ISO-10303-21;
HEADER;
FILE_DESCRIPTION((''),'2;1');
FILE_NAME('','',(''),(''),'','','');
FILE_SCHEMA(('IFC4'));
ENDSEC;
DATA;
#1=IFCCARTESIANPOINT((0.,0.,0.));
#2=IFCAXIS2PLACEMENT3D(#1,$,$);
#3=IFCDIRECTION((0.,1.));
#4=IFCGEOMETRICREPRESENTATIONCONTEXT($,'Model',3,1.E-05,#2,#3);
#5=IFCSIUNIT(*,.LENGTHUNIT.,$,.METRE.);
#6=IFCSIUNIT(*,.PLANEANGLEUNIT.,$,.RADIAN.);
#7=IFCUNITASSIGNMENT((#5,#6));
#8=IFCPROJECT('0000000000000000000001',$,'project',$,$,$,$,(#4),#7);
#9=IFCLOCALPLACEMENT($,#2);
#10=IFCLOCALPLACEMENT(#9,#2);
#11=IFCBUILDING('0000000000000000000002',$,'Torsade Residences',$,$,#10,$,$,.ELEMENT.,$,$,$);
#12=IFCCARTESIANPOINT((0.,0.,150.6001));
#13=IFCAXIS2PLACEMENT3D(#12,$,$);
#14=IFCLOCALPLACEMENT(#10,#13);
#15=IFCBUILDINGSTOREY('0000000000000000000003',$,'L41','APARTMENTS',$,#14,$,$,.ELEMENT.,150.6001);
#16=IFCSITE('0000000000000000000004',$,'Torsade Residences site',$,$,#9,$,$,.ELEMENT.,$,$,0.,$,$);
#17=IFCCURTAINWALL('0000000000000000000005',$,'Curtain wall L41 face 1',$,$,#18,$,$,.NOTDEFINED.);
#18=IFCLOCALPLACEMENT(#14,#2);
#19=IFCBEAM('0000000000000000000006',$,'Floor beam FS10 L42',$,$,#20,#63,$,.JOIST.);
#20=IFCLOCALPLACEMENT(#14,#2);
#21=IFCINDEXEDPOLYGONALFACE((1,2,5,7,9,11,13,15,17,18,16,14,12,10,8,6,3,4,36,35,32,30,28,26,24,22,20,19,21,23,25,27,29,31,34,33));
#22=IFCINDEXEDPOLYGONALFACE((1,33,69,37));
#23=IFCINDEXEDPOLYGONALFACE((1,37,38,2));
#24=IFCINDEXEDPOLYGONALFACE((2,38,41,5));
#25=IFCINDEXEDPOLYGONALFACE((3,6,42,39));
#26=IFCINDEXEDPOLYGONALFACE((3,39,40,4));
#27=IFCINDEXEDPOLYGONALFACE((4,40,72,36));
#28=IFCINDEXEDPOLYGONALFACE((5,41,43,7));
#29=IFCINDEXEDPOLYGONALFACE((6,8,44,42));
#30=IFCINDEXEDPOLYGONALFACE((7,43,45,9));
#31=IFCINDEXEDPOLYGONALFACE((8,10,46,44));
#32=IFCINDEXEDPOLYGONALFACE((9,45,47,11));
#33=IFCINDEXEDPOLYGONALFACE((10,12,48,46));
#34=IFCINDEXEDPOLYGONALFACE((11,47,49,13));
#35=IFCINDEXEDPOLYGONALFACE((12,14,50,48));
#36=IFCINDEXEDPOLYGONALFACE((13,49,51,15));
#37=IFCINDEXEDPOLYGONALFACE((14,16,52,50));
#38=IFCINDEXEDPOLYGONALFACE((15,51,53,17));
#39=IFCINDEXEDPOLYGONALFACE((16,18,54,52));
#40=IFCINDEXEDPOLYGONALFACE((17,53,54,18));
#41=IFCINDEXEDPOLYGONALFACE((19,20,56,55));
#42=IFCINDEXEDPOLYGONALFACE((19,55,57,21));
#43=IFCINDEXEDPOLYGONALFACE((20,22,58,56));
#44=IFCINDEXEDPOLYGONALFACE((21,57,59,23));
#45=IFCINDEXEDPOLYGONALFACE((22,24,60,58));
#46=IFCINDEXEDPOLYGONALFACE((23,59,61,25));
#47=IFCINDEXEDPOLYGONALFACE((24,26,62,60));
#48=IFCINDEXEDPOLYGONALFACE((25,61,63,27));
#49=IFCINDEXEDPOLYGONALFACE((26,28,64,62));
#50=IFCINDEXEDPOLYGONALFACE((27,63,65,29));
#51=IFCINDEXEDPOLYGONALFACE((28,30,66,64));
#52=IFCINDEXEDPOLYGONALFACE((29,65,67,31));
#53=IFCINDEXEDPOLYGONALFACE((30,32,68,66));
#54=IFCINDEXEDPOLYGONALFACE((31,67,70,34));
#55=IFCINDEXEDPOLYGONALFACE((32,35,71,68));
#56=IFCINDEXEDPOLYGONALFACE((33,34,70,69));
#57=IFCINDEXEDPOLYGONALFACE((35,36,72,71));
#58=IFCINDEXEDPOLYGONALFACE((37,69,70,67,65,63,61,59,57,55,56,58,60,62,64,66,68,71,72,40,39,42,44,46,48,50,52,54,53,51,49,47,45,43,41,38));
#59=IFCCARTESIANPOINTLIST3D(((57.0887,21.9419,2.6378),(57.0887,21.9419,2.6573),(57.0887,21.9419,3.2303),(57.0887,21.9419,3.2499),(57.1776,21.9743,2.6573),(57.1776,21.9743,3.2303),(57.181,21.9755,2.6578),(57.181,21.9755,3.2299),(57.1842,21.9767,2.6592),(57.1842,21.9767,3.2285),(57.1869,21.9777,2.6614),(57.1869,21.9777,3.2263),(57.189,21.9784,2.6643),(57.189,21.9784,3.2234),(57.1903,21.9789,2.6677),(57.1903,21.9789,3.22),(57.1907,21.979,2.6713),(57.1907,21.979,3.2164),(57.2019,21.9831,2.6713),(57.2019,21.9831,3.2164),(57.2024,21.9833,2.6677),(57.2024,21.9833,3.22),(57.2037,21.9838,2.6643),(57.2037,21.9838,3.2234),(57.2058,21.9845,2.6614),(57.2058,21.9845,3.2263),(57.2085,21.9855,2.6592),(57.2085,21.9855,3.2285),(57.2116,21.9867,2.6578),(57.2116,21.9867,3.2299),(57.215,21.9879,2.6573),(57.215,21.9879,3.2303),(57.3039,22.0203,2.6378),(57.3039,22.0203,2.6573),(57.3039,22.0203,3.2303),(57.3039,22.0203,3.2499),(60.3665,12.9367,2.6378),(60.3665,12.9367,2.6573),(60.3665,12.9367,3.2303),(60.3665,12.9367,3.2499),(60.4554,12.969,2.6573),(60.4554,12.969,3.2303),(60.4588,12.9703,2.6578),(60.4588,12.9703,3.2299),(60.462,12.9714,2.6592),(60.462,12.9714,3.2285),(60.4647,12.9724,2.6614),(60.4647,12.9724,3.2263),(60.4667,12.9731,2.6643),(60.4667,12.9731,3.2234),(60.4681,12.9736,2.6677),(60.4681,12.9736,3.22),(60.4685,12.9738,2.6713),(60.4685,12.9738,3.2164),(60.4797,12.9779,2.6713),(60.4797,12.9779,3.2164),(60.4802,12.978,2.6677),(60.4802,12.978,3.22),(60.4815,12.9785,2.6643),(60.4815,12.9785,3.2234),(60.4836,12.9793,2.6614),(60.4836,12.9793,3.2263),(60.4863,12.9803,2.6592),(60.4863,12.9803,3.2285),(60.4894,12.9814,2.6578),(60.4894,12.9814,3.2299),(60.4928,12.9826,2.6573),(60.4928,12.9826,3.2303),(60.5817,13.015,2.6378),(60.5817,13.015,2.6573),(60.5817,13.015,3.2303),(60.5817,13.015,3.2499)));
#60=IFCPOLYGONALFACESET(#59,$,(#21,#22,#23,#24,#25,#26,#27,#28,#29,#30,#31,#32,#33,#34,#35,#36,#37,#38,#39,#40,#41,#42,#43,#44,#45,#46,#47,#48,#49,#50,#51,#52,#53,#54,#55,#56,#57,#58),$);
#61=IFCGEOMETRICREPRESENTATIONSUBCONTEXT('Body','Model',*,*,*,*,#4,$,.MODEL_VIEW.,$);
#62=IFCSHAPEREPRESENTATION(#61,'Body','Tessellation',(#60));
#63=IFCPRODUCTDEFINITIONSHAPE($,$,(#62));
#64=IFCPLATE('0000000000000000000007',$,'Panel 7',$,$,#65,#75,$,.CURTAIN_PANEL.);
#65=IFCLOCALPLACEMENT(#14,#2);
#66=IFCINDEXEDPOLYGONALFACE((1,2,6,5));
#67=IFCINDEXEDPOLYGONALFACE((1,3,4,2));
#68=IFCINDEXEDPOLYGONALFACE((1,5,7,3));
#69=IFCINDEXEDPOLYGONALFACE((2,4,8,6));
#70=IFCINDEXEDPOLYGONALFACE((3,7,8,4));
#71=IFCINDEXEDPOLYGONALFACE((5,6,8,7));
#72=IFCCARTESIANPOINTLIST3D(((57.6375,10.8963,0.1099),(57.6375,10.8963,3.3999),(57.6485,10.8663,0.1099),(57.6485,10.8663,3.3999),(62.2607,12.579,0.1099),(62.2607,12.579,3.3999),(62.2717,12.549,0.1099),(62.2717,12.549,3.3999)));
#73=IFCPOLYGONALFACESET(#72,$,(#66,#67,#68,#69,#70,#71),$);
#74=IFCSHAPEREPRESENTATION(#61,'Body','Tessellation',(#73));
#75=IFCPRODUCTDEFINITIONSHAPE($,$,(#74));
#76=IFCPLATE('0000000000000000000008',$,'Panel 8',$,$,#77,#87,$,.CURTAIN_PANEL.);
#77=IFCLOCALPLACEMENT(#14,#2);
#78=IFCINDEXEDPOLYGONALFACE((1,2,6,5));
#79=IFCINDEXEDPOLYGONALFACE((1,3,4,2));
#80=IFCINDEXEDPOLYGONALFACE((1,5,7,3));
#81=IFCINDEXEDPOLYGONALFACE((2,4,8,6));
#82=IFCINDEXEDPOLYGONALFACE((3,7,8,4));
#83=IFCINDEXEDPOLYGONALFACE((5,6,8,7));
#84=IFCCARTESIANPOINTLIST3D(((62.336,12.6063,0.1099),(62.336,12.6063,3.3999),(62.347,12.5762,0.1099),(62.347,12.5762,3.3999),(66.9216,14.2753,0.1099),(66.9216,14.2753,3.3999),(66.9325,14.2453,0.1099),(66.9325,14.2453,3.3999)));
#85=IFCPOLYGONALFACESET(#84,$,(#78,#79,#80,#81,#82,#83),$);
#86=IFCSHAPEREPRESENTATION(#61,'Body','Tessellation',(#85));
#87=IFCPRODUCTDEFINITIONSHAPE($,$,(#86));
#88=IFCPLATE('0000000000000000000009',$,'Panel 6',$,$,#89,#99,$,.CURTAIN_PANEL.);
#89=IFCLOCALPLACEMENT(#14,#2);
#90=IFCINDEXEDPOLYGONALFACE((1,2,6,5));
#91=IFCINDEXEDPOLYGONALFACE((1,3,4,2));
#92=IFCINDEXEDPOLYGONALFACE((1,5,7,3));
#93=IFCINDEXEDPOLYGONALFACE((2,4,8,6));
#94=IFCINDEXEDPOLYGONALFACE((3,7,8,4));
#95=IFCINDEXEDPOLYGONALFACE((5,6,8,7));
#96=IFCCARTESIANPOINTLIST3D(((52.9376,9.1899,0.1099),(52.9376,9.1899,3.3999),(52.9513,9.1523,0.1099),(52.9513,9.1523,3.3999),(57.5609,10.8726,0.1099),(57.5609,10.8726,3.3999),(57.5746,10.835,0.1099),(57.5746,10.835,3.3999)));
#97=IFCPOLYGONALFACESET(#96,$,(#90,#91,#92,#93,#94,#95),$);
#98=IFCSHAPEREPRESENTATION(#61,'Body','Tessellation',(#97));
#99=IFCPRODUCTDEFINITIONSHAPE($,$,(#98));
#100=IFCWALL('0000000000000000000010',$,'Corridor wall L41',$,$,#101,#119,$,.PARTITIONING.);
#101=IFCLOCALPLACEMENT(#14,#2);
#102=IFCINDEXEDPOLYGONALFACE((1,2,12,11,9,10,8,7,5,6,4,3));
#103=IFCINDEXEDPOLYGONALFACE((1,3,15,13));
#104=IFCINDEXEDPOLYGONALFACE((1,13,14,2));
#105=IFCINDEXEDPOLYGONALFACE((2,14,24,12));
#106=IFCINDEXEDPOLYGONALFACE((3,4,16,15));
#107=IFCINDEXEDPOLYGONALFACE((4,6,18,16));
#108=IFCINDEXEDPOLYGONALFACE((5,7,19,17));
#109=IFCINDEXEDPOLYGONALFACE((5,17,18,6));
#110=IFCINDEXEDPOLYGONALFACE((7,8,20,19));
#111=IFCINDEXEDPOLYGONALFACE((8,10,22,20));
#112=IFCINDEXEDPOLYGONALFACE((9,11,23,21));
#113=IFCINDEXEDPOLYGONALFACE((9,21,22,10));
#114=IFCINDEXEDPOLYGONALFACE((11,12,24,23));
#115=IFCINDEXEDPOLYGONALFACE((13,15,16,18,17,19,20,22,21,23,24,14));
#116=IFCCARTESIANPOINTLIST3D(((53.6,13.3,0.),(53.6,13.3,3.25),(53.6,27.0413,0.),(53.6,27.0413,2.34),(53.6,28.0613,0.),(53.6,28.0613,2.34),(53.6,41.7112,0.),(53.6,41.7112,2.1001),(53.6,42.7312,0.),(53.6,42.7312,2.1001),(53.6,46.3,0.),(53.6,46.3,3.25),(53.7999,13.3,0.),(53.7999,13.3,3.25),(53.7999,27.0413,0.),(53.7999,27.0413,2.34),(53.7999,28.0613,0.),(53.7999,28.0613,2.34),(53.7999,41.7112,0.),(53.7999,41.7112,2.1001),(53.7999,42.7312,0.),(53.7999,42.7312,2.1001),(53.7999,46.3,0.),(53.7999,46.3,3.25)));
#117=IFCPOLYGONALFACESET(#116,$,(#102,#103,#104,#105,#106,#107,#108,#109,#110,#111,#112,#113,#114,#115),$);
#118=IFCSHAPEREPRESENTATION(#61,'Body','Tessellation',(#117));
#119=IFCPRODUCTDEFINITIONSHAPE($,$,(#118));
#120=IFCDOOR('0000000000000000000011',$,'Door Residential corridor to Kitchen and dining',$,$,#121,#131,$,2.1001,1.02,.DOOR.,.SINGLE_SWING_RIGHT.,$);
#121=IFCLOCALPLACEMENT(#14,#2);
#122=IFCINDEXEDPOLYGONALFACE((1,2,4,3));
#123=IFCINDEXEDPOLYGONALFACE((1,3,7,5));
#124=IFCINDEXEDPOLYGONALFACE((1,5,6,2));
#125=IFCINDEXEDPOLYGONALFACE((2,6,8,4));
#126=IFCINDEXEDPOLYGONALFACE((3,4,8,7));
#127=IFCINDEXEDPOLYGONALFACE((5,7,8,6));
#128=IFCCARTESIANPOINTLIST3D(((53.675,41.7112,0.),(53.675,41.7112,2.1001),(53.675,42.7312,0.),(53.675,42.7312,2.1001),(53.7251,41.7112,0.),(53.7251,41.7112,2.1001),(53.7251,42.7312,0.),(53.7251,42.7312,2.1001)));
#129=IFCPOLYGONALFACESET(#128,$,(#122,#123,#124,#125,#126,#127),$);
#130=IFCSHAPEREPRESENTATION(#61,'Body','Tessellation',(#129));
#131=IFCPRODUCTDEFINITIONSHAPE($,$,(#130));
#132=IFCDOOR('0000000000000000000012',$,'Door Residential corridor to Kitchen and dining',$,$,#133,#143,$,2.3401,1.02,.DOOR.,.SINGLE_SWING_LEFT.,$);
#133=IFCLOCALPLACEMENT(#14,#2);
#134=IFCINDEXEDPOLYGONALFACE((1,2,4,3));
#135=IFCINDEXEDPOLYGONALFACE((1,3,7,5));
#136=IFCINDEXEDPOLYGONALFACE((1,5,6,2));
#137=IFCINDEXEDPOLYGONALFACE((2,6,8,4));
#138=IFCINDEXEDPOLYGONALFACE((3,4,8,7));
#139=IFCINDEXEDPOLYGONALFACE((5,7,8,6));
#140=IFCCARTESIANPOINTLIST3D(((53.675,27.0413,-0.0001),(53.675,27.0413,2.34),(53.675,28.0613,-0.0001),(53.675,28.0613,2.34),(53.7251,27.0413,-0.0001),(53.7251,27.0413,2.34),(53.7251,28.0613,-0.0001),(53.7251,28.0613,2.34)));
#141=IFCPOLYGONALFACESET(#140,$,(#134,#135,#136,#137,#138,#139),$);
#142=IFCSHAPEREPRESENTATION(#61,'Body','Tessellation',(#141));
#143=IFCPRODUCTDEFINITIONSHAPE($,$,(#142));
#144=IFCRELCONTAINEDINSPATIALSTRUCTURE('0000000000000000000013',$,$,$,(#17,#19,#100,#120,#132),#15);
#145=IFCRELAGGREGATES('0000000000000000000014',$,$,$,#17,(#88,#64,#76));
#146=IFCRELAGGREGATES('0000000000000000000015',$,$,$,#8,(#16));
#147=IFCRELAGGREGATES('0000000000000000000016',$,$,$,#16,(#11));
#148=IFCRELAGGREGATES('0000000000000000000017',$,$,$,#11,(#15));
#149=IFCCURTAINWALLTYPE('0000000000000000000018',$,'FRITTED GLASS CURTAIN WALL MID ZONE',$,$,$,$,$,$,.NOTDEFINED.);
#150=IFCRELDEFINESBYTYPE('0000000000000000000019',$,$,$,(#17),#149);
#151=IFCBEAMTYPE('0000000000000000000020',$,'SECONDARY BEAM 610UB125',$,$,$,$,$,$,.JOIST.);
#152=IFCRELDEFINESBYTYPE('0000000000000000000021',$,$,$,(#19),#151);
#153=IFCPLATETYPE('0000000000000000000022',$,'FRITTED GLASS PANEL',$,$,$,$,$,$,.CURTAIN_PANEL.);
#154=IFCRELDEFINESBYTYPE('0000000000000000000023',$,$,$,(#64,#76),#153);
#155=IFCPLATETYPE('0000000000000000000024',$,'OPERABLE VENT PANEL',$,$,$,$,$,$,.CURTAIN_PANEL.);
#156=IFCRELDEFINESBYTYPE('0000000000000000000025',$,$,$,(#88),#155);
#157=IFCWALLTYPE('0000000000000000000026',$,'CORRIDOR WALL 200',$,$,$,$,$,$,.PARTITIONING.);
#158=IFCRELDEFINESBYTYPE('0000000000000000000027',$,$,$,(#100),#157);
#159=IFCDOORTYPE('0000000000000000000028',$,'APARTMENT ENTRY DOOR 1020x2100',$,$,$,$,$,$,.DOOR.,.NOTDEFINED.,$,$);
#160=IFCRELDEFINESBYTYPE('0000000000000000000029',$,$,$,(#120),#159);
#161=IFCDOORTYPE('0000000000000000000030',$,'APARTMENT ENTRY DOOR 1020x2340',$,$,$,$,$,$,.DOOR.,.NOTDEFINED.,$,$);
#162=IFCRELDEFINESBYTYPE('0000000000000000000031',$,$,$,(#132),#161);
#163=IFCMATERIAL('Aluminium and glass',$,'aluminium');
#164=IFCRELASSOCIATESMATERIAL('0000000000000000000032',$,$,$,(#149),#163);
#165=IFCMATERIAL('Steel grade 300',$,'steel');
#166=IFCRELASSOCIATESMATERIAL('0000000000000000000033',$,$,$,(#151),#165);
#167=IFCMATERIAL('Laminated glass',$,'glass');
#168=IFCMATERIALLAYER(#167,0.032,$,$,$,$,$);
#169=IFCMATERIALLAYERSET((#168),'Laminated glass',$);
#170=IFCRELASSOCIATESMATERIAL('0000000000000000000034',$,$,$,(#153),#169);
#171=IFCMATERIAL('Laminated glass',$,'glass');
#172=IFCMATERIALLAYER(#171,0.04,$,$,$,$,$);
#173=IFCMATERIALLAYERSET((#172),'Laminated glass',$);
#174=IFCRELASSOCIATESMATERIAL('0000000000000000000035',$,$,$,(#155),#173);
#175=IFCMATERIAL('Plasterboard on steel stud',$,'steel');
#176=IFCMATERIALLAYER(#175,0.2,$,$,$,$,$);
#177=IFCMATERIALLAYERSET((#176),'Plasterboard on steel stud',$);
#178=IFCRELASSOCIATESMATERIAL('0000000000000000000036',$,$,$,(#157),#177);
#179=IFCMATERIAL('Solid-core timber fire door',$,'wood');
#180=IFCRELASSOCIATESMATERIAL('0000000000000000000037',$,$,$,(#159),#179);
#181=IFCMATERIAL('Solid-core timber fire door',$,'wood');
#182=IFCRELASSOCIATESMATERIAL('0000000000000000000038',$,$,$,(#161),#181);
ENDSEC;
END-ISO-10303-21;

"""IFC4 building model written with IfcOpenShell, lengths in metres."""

from ifc_helpers import new_model, si_unit, direction, frame, frame_2d, origin, origin_2d, place, context, subcontext, project, spatial, rectangle, i_section, extrude, material, layer, layer_set, material_profile, profile_set, type_object, element, fill, aggregate, save


model = new_model("IFC4")

# Units and contexts
model_context = context("Model", 3, precision=1e-05, world=origin(), true_north=direction((0.0, 1.0)))
body_context = subcontext(model_context, "Body", "Model", "MODEL_VIEW")
ifc_project = project(units=[si_unit("LENGTHUNIT", "METRE"), si_unit("PLANEANGLEUNIT", "RADIAN")], contexts=[model_context])

# Site, building, storey
site_placement = place(None, origin())
site = spatial("IfcSite", under=ifc_project, at=site_placement, Name="Torsade Residences site", CompositionType="ELEMENT", RefElevation=0.0)
building_placement = place(site_placement, origin())
building = spatial("IfcBuilding", under=site, at=building_placement, Name="Torsade Residences", CompositionType="ELEMENT")
storey_placement = place(building_placement, frame((0.0, 0.0, 150.6001)))
storey = spatial("IfcBuildingStorey", under=building, at=storey_placement, Name="L41", Description="APARTMENTS", CompositionType="ELEMENT", Elevation=150.6001)

# Curtain wall
ifc_material_1 = material(Name="Aluminium and glass", Category="aluminium")
curtain_wall_type = type_object("IfcCurtainWallType", Name="FRITTED GLASS CURTAIN WALL MID ZONE", PredefinedType="NOTDEFINED", material=ifc_material_1)
curtain_wall_placement = place(storey_placement, origin())
curtain_wall = element("IfcCurtainWall", 1, at=curtain_wall_placement, inside=storey, type_object=curtain_wall_type, Name="Curtain wall L41 face 1", PredefinedType="NOTDEFINED")

# Beam
ifc_material_2 = material(Name="Steel grade 300", Category="steel")
ifc_material_profile_1 = material_profile(ifc_material_2, i_section(OverallWidth=0.229, OverallDepth=0.6121, WebThickness=0.012, FlangeThickness=0.0195, FilletRadius=0.0139, at=origin_2d()), Name="610UB125")
ifc_profile_set_1 = profile_set([ifc_material_profile_1], Name="Steel grade 300")
beam_type_1 = type_object("IfcBeamType", Name="SECONDARY BEAM 610UB125", PredefinedType="JOIST", material=ifc_profile_set_1)
beam_1_placement = place(storey_placement, frame((60.4741, 12.9758, 2.9438), z_axis=(-0.342034, 0.939688, 0.0), x_axis=(-0.939688, -0.342034, 0.0)))
element("IfcBeam", 2, at=beam_1_placement, inside=storey, type_object=beam_type_1, Name="Floor beam FS10 L42", PredefinedType="JOIST", context=body_context, shape_type="SweptSolid", body=[
    extrude(i_section(OverallWidth=0.229, OverallDepth=0.6121, WebThickness=0.012, FlangeThickness=0.0195, FilletRadius=0.0139, at=origin_2d()), origin(), (0.0, 0.0, 1.0), 9.5833),
])

# Plates
ifc_material_3 = material(Name="Laminated glass", Category="glass")
ifc_layer_1 = layer(ifc_material_3, 0.032)
ifc_layer_set_1 = layer_set([ifc_layer_1], Name="Laminated glass")
plate_type_1 = type_object("IfcPlateType", Name="FRITTED GLASS PANEL", PredefinedType="CURTAIN_PANEL", material=ifc_layer_set_1)
plate_1_placement = place(storey_placement, frame((59.9546, 11.7227, 0.1099), z_axis=(0.0, 0.0, 1.0), x_axis=(0.939693, 0.34202, 0.0)))
plate_1 = element("IfcPlate", 3, at=plate_1_placement, type_object=plate_type_1, Name="Panel 7", PredefinedType="CURTAIN_PANEL", context=body_context, shape_type="SweptSolid", body=[
    extrude(rectangle(XDim=4.9199, YDim=0.032, at=origin_2d()), origin(), (0.0, 0.0, 1.0), 3.29),
])
plate_2_placement = place(storey_placement, frame((64.6343, 13.4258, 0.1099), z_axis=(0.0, 0.0, 1.0), x_axis=(0.939693, 0.34202, 0.0)))
plate_2 = element("IfcPlate", 4, at=plate_2_placement, type_object=plate_type_1, Name="Panel 8", PredefinedType="CURTAIN_PANEL", context=body_context, shape_type="SweptSolid", body=[
    extrude(rectangle(XDim=4.8799, YDim=0.032, at=origin_2d()), origin(), (0.0, 0.0, 1.0), 3.29),
])
ifc_material_4 = material(Name="Laminated glass", Category="glass")
ifc_layer_2 = layer(ifc_material_4, 0.04)
ifc_layer_set_2 = layer_set([ifc_layer_2], Name="Laminated glass")
plate_type_2 = type_object("IfcPlateType", Name="OPERABLE VENT PANEL", PredefinedType="CURTAIN_PANEL", material=ifc_layer_set_2)
plate_3_placement = place(storey_placement, frame((55.2561, 10.0125, 0.1099), z_axis=(0.0, 0.0, 1.0), x_axis=(0.939693, 0.34202, 0.0)))
plate_3 = element("IfcPlate", 5, at=plate_3_placement, type_object=plate_type_2, Name="Panel 6", PredefinedType="CURTAIN_PANEL", context=body_context, shape_type="SweptSolid", body=[
    extrude(rectangle(XDim=4.9199, YDim=0.04, at=origin_2d()), origin(), (0.0, 0.0, 1.0), 3.29),
])
aggregate(curtain_wall, [plate_3, plate_1, plate_2])

# Wall, openings, doors
ifc_material_5 = material(Name="Plasterboard on steel stud", Category="steel")
ifc_layer_3 = layer(ifc_material_5, 0.2)
ifc_layer_set_3 = layer_set([ifc_layer_3], Name="Plasterboard on steel stud")
wall_type_1 = type_object("IfcWallType", Name="CORRIDOR WALL 200", PredefinedType="PARTITIONING", material=ifc_layer_set_3)
wall_1_placement = place(storey_placement, frame((53.7, 13.3, 0.0), z_axis=(0.0, 0.0, 1.0), x_axis=(0.0, 1.0, 0.0)))
wall_1 = element("IfcWall", 6, at=wall_1_placement, inside=storey, type_object=wall_type_1, Name="Corridor wall L41", PredefinedType="PARTITIONING", context=body_context, shape_type="SweptSolid", body=[
    extrude(rectangle(XDim=33.0, YDim=0.2, at=frame_2d((16.5, 0.0))), origin(), (0.0, 0.0, 1.0), 3.25),
])
opening_1_placement = place(wall_1_placement, frame((28.4111, 0.0, 0.0)))
opening_1 = element("IfcOpeningElement", 7, at=opening_1_placement, cuts=wall_1, PredefinedType="OPENING", context=body_context, shape_type="SweptSolid", body=[
    extrude(rectangle(XDim=1.02, YDim=2.1001, at=frame_2d((0.51, 1.05))), frame((0.0, 0.1099, 0.0), z_axis=(0.0, -1.0, 0.0), x_axis=(1.0, 0.0, 0.0)), (0.0, 0.0, 1.0), 0.22),
])
opening_2_placement = place(wall_1_placement, frame((13.7412, 0.0, 0.0)))
opening_2 = element("IfcOpeningElement", 8, at=opening_2_placement, cuts=wall_1, PredefinedType="OPENING", context=body_context, shape_type="SweptSolid", body=[
    extrude(rectangle(XDim=1.02, YDim=2.3401, at=frame_2d((0.51, 1.1699))), frame((0.0, 0.1099, 0.0), z_axis=(0.0, -1.0, 0.0), x_axis=(1.0, 0.0, 0.0)), (0.0, 0.0, 1.0), 0.22),
])
ifc_material_6 = material(Name="Solid-core timber fire door", Category="wood")
door_type_1 = type_object("IfcDoorType", Name="APARTMENT ENTRY DOOR 1020x2100", OperationType="NOTDEFINED", PredefinedType="DOOR", material=ifc_material_6)
door_1_placement = place(opening_1_placement, origin())
door_1 = element("IfcDoor", 9, at=door_1_placement, inside=storey, type_object=door_type_1, Name="Door Residential corridor to Kitchen and dining", OperationType="SINGLE_SWING_RIGHT", OverallHeight=2.1001, OverallWidth=1.02, PredefinedType="DOOR", context=body_context, shape_type="SweptSolid", body=[
    extrude(rectangle(XDim=1.02, YDim=2.1001, at=frame_2d((0.51, 1.05))), frame((0.0, 0.0249, 0.0), z_axis=(0.0, -1.0, 0.0), x_axis=(1.0, 0.0, 0.0)), (0.0, 0.0, 1.0), 0.05),
])
fill(opening_1, door_1)
ifc_material_7 = material(Name="Solid-core timber fire door", Category="wood")
door_type_2 = type_object("IfcDoorType", Name="APARTMENT ENTRY DOOR 1020x2340", OperationType="NOTDEFINED", PredefinedType="DOOR", material=ifc_material_7)
door_2_placement = place(opening_2_placement, origin())
door_2 = element("IfcDoor", 10, at=door_2_placement, inside=storey, type_object=door_type_2, Name="Door Residential corridor to Kitchen and dining", OperationType="SINGLE_SWING_LEFT", OverallHeight=2.3401, OverallWidth=1.02, PredefinedType="DOOR", context=body_context, shape_type="SweptSolid", body=[
    extrude(rectangle(XDim=1.02, YDim=2.3401, at=frame_2d((0.51, 1.1699))), frame((0.0, 0.0249, 0.0), z_axis=(0.0, -1.0, 0.0), x_axis=(1.0, 0.0, 0.0)), (0.0, 0.0, 1.0), 0.05),
])
fill(opening_2, door_2)

save(model, "model.ifc")
